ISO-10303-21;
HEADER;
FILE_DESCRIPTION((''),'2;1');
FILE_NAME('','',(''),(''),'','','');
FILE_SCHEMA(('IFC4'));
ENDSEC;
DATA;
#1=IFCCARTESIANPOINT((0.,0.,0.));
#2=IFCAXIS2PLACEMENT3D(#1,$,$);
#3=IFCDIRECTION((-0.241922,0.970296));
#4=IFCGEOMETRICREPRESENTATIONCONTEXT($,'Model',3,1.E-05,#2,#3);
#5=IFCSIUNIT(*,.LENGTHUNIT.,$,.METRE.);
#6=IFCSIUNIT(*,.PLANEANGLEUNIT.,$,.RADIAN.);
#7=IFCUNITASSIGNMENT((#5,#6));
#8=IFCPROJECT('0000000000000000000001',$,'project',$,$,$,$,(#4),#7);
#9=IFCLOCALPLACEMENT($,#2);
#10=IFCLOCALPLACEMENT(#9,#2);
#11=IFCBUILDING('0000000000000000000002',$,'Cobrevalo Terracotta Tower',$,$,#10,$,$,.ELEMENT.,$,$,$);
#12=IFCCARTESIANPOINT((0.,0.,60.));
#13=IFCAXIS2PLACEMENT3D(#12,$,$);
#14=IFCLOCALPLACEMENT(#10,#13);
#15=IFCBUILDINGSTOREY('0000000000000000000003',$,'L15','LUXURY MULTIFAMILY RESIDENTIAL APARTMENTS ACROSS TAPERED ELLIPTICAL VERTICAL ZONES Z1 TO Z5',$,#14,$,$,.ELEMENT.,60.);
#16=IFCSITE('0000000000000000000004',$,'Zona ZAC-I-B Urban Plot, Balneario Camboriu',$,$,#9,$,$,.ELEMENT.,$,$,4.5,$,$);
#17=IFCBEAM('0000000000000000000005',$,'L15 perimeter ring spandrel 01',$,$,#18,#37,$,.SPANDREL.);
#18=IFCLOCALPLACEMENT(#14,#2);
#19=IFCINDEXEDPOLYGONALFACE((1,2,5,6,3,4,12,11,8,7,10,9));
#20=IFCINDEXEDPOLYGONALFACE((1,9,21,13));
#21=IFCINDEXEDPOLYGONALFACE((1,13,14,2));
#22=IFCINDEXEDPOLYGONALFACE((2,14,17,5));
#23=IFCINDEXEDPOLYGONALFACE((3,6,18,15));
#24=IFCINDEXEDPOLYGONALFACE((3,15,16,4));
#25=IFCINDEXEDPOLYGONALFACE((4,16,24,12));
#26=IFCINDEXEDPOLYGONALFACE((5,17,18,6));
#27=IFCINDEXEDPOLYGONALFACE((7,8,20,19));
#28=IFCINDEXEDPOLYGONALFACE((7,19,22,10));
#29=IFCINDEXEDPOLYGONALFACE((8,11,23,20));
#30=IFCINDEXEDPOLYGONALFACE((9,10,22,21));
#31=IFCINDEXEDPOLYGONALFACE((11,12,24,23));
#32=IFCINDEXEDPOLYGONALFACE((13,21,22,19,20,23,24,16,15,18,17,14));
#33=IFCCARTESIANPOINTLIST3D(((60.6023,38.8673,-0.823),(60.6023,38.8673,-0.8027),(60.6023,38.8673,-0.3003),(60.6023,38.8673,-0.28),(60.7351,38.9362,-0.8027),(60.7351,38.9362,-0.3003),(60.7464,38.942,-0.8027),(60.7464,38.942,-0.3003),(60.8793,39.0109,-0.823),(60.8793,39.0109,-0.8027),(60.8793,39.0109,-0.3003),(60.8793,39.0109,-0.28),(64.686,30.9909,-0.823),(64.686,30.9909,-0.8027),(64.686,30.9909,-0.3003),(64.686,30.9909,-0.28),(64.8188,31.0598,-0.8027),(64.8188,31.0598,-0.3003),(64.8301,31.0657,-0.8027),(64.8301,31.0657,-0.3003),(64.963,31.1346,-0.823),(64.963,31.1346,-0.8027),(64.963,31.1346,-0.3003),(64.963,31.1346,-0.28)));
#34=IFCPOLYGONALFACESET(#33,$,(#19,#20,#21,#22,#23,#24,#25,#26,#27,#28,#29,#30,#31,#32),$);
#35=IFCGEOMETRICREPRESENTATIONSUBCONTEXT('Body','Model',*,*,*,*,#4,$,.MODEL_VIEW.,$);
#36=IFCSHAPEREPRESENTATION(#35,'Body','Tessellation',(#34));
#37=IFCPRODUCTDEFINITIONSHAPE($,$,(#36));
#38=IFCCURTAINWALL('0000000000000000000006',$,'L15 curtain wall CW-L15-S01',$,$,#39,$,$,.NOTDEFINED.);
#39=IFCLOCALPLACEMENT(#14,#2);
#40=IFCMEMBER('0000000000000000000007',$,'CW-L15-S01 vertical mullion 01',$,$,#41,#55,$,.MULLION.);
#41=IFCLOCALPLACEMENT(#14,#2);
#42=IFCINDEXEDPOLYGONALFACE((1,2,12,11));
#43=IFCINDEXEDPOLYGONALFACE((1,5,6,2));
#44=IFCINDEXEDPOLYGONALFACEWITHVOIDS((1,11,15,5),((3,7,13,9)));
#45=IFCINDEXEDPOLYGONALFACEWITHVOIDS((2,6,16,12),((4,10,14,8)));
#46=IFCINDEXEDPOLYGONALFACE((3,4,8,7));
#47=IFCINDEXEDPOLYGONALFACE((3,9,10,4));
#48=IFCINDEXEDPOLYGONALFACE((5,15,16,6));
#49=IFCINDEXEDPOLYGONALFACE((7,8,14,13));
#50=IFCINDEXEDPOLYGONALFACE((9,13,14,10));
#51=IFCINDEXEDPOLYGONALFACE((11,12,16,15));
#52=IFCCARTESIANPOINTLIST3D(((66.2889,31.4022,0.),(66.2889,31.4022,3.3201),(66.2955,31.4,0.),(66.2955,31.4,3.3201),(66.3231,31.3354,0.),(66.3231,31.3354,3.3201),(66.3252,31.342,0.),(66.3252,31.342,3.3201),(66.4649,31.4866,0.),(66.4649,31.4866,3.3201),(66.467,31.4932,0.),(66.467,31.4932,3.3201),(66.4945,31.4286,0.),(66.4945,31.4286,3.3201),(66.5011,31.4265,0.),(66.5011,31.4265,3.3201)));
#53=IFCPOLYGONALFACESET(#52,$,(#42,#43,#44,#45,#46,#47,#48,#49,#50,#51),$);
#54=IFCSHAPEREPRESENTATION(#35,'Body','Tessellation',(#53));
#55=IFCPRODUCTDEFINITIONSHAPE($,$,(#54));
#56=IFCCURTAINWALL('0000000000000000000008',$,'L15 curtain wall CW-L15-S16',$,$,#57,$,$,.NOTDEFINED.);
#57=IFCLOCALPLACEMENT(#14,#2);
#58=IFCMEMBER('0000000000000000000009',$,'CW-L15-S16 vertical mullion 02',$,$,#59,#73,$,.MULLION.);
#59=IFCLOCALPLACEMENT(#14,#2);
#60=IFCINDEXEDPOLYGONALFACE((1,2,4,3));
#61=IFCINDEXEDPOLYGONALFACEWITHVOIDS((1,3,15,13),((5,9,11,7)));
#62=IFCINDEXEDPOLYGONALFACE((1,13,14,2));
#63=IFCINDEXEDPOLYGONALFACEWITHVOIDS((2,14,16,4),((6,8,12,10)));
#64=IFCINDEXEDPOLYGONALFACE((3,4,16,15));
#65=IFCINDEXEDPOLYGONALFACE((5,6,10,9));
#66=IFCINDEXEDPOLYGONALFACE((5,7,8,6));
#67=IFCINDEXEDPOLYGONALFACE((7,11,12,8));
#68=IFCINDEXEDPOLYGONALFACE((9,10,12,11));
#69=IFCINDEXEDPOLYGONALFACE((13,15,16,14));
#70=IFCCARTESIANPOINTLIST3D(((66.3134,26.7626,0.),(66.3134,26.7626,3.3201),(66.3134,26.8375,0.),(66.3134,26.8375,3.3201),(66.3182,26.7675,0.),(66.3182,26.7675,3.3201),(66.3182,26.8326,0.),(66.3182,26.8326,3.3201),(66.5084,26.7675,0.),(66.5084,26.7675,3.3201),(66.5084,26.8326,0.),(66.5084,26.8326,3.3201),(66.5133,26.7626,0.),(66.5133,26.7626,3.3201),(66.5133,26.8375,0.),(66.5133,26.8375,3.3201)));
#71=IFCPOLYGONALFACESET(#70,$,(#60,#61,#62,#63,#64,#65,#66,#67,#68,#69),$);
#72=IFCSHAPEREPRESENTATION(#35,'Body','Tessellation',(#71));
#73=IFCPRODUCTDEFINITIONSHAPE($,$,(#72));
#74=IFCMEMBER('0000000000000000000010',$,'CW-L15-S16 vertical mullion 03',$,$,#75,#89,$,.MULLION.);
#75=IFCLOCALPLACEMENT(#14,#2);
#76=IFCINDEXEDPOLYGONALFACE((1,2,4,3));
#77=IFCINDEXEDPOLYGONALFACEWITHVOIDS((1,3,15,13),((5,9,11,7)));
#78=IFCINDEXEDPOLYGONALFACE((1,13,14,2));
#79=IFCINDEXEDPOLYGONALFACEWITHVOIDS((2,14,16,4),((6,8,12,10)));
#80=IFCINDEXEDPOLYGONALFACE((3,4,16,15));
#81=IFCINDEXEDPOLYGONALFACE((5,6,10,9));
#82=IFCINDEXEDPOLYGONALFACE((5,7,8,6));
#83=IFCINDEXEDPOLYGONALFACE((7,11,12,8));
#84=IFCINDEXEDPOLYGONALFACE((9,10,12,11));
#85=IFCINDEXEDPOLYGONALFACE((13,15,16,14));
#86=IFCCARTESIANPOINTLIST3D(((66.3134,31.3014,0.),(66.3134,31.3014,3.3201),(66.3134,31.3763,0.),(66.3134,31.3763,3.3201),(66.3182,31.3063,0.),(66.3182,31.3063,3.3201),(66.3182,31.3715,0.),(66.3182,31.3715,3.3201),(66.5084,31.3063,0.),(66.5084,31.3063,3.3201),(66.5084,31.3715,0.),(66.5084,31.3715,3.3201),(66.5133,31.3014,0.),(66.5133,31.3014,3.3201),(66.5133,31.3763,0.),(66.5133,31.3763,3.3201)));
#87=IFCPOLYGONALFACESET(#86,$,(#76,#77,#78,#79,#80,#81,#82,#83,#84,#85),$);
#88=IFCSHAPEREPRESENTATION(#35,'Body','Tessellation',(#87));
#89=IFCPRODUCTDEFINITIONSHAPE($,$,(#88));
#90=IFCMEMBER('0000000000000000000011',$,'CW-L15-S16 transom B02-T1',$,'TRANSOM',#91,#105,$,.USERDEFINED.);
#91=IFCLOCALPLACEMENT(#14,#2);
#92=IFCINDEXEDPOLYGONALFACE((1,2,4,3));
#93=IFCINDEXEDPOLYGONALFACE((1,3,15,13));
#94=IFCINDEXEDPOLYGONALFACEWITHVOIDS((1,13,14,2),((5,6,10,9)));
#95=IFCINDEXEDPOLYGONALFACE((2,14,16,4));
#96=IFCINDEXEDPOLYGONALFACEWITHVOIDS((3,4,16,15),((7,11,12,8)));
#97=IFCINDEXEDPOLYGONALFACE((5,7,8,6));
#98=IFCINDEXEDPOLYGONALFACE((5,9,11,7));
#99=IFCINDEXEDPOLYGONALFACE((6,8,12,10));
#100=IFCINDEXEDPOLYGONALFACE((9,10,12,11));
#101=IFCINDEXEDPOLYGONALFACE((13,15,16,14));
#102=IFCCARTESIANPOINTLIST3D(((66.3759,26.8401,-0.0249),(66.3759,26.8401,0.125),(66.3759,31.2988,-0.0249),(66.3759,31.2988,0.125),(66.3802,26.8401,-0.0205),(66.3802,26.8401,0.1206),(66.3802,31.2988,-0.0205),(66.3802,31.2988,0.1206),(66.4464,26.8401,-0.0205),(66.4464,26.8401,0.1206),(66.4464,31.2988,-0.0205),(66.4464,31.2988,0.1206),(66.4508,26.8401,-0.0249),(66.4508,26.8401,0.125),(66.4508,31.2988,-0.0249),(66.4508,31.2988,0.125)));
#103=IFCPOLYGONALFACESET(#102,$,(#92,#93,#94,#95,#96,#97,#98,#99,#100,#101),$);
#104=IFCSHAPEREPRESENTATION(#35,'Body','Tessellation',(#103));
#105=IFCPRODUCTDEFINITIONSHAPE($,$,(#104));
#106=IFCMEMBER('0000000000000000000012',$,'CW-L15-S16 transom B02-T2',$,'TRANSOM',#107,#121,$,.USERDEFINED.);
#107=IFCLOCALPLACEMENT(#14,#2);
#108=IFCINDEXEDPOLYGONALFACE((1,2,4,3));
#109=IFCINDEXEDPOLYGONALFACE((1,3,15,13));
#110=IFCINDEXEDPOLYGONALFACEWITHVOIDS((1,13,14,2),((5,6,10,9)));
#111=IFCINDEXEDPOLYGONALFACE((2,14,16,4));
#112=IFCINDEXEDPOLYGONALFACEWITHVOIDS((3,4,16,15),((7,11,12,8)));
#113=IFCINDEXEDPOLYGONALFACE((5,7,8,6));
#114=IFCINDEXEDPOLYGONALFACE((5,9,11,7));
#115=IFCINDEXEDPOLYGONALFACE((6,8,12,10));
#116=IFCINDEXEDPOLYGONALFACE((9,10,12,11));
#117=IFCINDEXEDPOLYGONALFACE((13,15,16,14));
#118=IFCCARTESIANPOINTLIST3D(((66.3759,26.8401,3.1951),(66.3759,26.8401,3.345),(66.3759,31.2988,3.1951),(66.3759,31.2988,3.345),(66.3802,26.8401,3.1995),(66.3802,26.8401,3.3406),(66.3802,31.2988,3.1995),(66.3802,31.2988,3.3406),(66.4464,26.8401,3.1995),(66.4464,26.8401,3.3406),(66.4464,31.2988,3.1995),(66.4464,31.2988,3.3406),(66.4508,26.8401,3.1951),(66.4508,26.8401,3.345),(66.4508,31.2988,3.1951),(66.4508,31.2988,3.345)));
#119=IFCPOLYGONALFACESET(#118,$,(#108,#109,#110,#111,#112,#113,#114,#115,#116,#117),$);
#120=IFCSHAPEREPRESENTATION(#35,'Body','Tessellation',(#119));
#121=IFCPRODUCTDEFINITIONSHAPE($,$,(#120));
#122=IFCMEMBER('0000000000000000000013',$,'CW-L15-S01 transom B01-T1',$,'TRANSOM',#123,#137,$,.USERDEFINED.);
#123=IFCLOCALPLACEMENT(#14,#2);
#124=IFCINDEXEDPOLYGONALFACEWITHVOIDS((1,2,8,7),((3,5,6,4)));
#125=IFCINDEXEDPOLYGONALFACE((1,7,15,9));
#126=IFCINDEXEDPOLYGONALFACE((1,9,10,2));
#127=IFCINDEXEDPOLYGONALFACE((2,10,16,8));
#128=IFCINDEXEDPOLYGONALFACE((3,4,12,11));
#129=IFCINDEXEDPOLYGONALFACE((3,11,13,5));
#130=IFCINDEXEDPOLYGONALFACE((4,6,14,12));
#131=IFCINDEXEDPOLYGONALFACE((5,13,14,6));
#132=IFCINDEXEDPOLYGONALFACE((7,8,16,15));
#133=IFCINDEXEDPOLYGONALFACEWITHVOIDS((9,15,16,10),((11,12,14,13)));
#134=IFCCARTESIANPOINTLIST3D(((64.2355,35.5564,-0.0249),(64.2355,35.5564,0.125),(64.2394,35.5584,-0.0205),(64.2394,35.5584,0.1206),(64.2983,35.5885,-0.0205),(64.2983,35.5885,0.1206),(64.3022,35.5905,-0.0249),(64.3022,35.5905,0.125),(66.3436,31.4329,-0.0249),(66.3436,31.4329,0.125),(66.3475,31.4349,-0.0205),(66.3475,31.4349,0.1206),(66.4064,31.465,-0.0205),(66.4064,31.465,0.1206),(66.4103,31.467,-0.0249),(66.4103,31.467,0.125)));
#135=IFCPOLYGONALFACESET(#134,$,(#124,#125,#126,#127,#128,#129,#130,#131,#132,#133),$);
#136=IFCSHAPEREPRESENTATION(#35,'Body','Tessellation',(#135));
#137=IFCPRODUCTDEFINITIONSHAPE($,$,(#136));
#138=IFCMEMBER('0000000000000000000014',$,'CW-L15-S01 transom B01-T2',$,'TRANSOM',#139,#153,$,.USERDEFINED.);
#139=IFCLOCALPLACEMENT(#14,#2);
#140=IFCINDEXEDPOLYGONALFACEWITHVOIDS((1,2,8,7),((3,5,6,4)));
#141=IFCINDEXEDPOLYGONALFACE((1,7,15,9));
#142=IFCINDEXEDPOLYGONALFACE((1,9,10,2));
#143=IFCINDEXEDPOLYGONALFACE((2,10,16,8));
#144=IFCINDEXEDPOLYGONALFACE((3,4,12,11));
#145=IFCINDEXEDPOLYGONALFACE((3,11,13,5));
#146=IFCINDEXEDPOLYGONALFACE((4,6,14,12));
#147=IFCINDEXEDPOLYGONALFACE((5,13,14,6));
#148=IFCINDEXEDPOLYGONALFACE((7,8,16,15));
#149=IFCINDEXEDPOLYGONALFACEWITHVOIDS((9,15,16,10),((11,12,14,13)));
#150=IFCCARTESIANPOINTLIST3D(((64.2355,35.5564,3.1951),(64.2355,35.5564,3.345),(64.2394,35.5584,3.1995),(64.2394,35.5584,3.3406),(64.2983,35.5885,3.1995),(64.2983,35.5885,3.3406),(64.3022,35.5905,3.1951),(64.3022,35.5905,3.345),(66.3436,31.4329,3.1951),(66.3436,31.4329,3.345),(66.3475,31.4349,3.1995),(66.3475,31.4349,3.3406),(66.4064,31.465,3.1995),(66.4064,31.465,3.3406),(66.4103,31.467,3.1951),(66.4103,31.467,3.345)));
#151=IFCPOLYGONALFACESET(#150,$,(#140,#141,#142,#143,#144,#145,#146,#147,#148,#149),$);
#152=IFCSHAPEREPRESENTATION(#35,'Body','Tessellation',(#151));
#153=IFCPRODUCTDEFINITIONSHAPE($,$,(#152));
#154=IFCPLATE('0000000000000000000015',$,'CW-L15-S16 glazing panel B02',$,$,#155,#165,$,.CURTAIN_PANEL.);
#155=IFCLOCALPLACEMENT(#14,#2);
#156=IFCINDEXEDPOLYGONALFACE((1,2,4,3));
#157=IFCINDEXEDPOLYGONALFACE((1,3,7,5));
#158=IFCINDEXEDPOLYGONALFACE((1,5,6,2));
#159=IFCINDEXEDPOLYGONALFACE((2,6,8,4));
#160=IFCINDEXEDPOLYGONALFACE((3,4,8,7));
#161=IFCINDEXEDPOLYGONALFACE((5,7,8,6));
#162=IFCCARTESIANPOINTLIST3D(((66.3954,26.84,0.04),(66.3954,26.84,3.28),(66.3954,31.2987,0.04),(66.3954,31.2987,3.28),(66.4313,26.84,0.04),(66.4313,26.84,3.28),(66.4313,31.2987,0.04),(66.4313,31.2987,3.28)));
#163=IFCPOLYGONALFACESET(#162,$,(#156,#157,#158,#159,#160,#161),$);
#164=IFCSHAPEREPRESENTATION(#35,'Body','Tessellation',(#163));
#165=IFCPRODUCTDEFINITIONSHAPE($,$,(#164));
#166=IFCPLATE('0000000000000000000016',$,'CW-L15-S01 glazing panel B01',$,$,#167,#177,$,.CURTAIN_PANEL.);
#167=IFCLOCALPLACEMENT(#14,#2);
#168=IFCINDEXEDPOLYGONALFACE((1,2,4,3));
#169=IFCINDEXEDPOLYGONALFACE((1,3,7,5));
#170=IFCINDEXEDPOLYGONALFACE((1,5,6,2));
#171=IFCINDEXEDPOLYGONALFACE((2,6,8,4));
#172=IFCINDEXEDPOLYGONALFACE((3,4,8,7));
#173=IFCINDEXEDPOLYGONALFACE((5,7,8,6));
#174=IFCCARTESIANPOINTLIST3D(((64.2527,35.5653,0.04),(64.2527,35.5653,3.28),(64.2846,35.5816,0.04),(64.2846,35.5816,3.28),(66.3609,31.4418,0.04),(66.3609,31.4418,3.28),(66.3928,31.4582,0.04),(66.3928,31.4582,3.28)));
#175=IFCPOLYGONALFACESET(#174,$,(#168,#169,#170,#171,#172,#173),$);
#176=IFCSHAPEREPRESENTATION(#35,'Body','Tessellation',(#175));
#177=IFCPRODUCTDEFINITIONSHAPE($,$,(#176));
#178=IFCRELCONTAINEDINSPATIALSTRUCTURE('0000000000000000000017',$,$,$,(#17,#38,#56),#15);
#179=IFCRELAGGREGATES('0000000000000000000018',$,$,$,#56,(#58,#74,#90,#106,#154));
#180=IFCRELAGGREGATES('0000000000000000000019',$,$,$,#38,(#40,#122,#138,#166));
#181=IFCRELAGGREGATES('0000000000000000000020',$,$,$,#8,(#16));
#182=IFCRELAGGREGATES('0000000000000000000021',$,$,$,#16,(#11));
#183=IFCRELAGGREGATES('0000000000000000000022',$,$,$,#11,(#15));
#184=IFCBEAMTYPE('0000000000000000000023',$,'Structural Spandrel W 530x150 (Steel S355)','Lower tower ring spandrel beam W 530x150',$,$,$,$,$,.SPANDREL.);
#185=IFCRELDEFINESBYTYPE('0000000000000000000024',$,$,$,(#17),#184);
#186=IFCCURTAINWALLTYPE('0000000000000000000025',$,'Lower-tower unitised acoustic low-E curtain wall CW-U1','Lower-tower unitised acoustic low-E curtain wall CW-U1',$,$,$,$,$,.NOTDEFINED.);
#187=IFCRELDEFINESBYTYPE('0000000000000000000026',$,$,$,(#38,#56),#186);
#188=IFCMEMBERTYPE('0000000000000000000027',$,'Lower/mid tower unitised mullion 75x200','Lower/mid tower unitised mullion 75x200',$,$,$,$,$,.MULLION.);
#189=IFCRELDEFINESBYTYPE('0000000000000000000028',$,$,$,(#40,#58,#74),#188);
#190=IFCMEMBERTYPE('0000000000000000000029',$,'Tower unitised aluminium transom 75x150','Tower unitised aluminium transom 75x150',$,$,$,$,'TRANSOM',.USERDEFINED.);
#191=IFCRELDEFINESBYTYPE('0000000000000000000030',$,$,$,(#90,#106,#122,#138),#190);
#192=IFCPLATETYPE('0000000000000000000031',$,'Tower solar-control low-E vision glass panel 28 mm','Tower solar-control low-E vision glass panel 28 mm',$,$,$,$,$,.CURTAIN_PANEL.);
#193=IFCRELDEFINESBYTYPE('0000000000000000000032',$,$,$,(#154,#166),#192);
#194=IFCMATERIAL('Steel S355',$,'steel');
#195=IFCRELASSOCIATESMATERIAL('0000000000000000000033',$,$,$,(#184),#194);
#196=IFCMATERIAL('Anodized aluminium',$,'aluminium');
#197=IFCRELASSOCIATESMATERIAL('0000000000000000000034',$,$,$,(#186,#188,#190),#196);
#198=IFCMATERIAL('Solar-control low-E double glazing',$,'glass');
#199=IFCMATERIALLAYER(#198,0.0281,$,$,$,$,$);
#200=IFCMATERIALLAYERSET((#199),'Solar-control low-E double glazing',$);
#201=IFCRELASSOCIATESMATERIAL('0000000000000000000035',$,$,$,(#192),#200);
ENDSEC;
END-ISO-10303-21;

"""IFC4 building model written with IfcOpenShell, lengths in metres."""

from ifc_helpers import new_model, si_unit, direction, frame, origin, origin_2d, place, context, subcontext, project, spatial, rectangle, hollow_rectangle, i_section, extrude, source, transform, mapped, material, layer, layer_set, material_profile, profile_set, type_object, element, aggregate, save


model = new_model("IFC4")

# Units and contexts
model_context = context("Model", 3, precision=1e-05, world=origin(), true_north=direction((-0.241922, 0.970296)))
body_context = subcontext(model_context, "Body", "Model", "MODEL_VIEW")
ifc_project = project(units=[si_unit("LENGTHUNIT", "METRE"), si_unit("PLANEANGLEUNIT", "RADIAN")], contexts=[model_context])

# Site, building, storey
site_placement = place(None, origin())
site = spatial("IfcSite", under=ifc_project, at=site_placement, Name="Zona ZAC-I-B Urban Plot, Balneario Camboriu", CompositionType="ELEMENT", RefElevation=4.5)
building_placement = place(site_placement, origin())
building = spatial("IfcBuilding", under=site, at=building_placement, Name="Cobrevalo Terracotta Tower", CompositionType="ELEMENT")
storey_placement = place(building_placement, frame((0.0, 0.0, 60.0)))
storey = spatial("IfcBuildingStorey", under=building, at=storey_placement, Name="L15", Description="LUXURY MULTIFAMILY RESIDENTIAL APARTMENTS ACROSS TAPERED ELLIPTICAL VERTICAL ZONES Z1 TO Z5", CompositionType="ELEMENT", Elevation=60.0)

# Shared definitions
ifc_material_1 = material(Name="Steel S355", Category="steel")

# Beam
ifc_material_profile_1 = material_profile(ifc_material_1, i_section(OverallWidth=0.312, OverallDepth=0.543, WebThickness=0.0127, FlangeThickness=0.0203, at=origin_2d()), Name="W 530x150")
ifc_profile_set_1 = profile_set([ifc_material_profile_1], Name="Steel S355")
beam_type_1 = type_object("IfcBeamType", Name="Structural Spandrel W 530x150 (Steel S355)", Description="Lower tower ring spandrel beam W 530x150", PredefinedType="SPANDREL", material=ifc_profile_set_1)
beam_1_placement = place(storey_placement, frame((64.8245, 31.0627, -0.5515), z_axis=(-0.460286, 0.887771, 0.0), x_axis=(-0.887771, -0.460286, 0.0)))
element("IfcBeam", 1, at=beam_1_placement, inside=storey, type_object=beam_type_1, Name="L15 perimeter ring spandrel 01", PredefinedType="SPANDREL", context=body_context, shape_type="SweptSolid", body=[
    extrude(i_section(OverallWidth=0.312, OverallDepth=0.543, WebThickness=0.0127, FlangeThickness=0.0203, at=origin_2d()), origin(), (0.0, 0.0, 1.0), 8.8721),
])

# Curtain wall, member
ifc_material_2 = material(Name="Anodized aluminium", Category="aluminium")
curtain_wall_type = type_object("IfcCurtainWallType", Name="Lower-tower unitised acoustic low-E curtain wall CW-U1", Description="Lower-tower unitised acoustic low-E curtain wall CW-U1", PredefinedType="NOTDEFINED", material=ifc_material_2)
curtain_wall_1_placement = place(storey_placement, origin())
curtain_wall_1 = element("IfcCurtainWall", 2, at=curtain_wall_1_placement, inside=storey, type_object=curtain_wall_type, Name="L15 curtain wall CW-L15-S01", PredefinedType="NOTDEFINED")
ifc_material_profile_2 = material_profile(ifc_material_2, hollow_rectangle(XDim=0.075, YDim=0.2, WallThickness=0.0049, at=origin_2d()), Name="CWM 75x200")
ifc_profile_set_2 = profile_set([ifc_material_profile_2], Name="Anodized aluminium")
member_type_1 = type_object("IfcMemberType", Name="Lower/mid tower unitised mullion 75x200", Description="Lower/mid tower unitised mullion 75x200", PredefinedType="MULLION", material=ifc_profile_set_2)
shared_shape_1 = source(origin(), body_context, "Body", "SweptSolid", [
    extrude(hollow_rectangle(XDim=0.075, YDim=0.2, WallThickness=0.0049, at=origin_2d()), origin(), (0.0, 0.0, 1.0), 3.3201),
])
member_1_placement = place(storey_placement, frame((66.395, 31.4143, 0.0), z_axis=(0.0, 0.0, 1.0), x_axis=(-0.455234, 0.890372, 0.0)))
member_1 = element("IfcMember", 3, at=member_1_placement, type_object=member_type_1, Name="CW-L15-S01 vertical mullion 01", PredefinedType="MULLION", context=body_context, shape_type="MappedRepresentation", body=[
    mapped(shared_shape_1, transform((0.0, 0.0, 0.0), scale=1.0)),
])

# Curtain wall, members
curtain_wall_2_placement = place(storey_placement, origin())
curtain_wall_2 = element("IfcCurtainWall", 4, at=curtain_wall_2_placement, inside=storey, type_object=curtain_wall_type, Name="L15 curtain wall CW-L15-S16", PredefinedType="NOTDEFINED")
member_2_placement = place(storey_placement, frame((66.4133, 26.8, 0.0), z_axis=(0.0, 0.0, 1.0), x_axis=(0.0, 1.0, 0.0)))
member_2 = element("IfcMember", 5, at=member_2_placement, type_object=member_type_1, Name="CW-L15-S16 vertical mullion 02", PredefinedType="MULLION", context=body_context, shape_type="MappedRepresentation", body=[
    mapped(shared_shape_1, transform((0.0, 0.0, 0.0), scale=1.0)),
])
member_3_placement = place(storey_placement, frame((66.4133, 31.3389, 0.0), z_axis=(0.0, 0.0, 1.0), x_axis=(0.0, 1.0, 0.0)))
member_3 = element("IfcMember", 6, at=member_3_placement, type_object=member_type_1, Name="CW-L15-S16 vertical mullion 03", PredefinedType="MULLION", context=body_context, shape_type="MappedRepresentation", body=[
    mapped(shared_shape_1, transform((0.0, 0.0, 0.0), scale=1.0)),
])
ifc_material_profile_3 = material_profile(ifc_material_2, hollow_rectangle(XDim=0.075, YDim=0.1499, WallThickness=0.0044, at=origin_2d()), Name="CWT 75x150")
ifc_profile_set_3 = profile_set([ifc_material_profile_3], Name="Anodized aluminium")
member_type_2 = type_object("IfcMemberType", Name="Tower unitised aluminium transom 75x150", Description="Tower unitised aluminium transom 75x150", ElementType="TRANSOM", PredefinedType="USERDEFINED", material=ifc_profile_set_3)
shared_shape_2 = source(origin(), body_context, "Body", "SweptSolid", [
    extrude(hollow_rectangle(XDim=0.075, YDim=0.1499, WallThickness=0.0044, at=origin_2d()), origin(), (0.0, 0.0, 1.0), 4.4587),
])
member_4_placement = place(storey_placement, frame((66.4133, 26.8401, 0.05), z_axis=(0.0, 1.0, 0.0), x_axis=(-1.0, 0.0, 0.0)))
member_4 = element("IfcMember", 7, at=member_4_placement, type_object=member_type_2, Name="CW-L15-S16 transom B02-T1", ObjectType="TRANSOM", PredefinedType="USERDEFINED", context=body_context, shape_type="MappedRepresentation", body=[
    mapped(shared_shape_2, transform((0.0, 0.0, 0.0), scale=1.0)),
])
member_5_placement = place(storey_placement, frame((66.4133, 26.8401, 3.27), z_axis=(0.0, 1.0, 0.0), x_axis=(-1.0, 0.0, 0.0)))
member_5 = element("IfcMember", 8, at=member_5_placement, type_object=member_type_2, Name="CW-L15-S16 transom B02-T2", ObjectType="TRANSOM", PredefinedType="USERDEFINED", context=body_context, shape_type="MappedRepresentation", body=[
    mapped(shared_shape_2, transform((0.0, 0.0, 0.0), scale=1.0)),
])

# Members
shared_shape_3 = source(origin(), body_context, "Body", "SweptSolid", [
    extrude(hollow_rectangle(XDim=0.075, YDim=0.1499, WallThickness=0.0044, at=origin_2d()), origin(), (0.0, 0.0, 1.0), 4.6311),
])
member_6_placement = place(storey_placement, frame((66.377, 31.45, 0.05), z_axis=(-0.455209, 0.890385, 0.0), x_axis=(-0.890385, -0.455209, 0.0)))
member_6 = element("IfcMember", 9, at=member_6_placement, type_object=member_type_2, Name="CW-L15-S01 transom B01-T1", ObjectType="TRANSOM", PredefinedType="USERDEFINED", context=body_context, shape_type="MappedRepresentation", body=[
    mapped(shared_shape_3, transform((0.0, 0.0, 0.0), scale=1.0)),
])
member_7_placement = place(storey_placement, frame((66.377, 31.45, 3.27), z_axis=(-0.455209, 0.890385, 0.0), x_axis=(-0.890385, -0.455209, 0.0)))
member_7 = element("IfcMember", 10, at=member_7_placement, type_object=member_type_2, Name="CW-L15-S01 transom B01-T2", ObjectType="TRANSOM", PredefinedType="USERDEFINED", context=body_context, shape_type="MappedRepresentation", body=[
    mapped(shared_shape_3, transform((0.0, 0.0, 0.0), scale=1.0)),
])

# Plates
ifc_material_3 = material(Name="Solar-control low-E double glazing", Category="glass")
ifc_layer_1 = layer(ifc_material_3, 0.0281)
ifc_layer_set_1 = layer_set([ifc_layer_1], Name="Solar-control low-E double glazing")
plate_type = type_object("IfcPlateType", Name="Tower solar-control low-E vision glass panel 28 mm", Description="Tower solar-control low-E vision glass panel 28 mm", PredefinedType="CURTAIN_PANEL", material=ifc_layer_set_1)
shared_shape_4 = source(origin(), body_context, "Body", "SweptSolid", [
    extrude(rectangle(XDim=4.4587, YDim=0.0359, at=origin_2d()), origin(), (0.0, 0.0, 1.0), 3.24),
])
plate_1_placement = place(storey_placement, frame((66.4133, 29.0693, 0.04), z_axis=(0.0, 0.0, 1.0), x_axis=(0.0, 1.0, 0.0)))
plate_1 = element("IfcPlate", 11, at=plate_1_placement, type_object=plate_type, Name="CW-L15-S16 glazing panel B02", PredefinedType="CURTAIN_PANEL", context=body_context, shape_type="MappedRepresentation", body=[
    mapped(shared_shape_4, transform((0.0, 0.0, 0.0), scale=1.0)),
])
aggregate(curtain_wall_2, [member_2, member_3, member_4, member_5, plate_1])
shared_shape_5 = source(origin(), body_context, "Body", "SweptSolid", [
    extrude(rectangle(XDim=4.6311, YDim=0.0359, at=origin_2d()), origin(), (0.0, 0.0, 1.0), 3.24),
])
plate_2_placement = place(storey_placement, frame((65.3228, 33.5117, 0.04), z_axis=(0.0, 0.0, 1.0), x_axis=(-0.455231, 0.890373, 0.0)))
plate_2 = element("IfcPlate", 12, at=plate_2_placement, type_object=plate_type, Name="CW-L15-S01 glazing panel B01", PredefinedType="CURTAIN_PANEL", context=body_context, shape_type="MappedRepresentation", body=[
    mapped(shared_shape_5, transform((0.0, 0.0, 0.0), scale=1.0)),
])
aggregate(curtain_wall_1, [member_1, member_6, member_7, plate_2])

save(model, "model.ifc")
